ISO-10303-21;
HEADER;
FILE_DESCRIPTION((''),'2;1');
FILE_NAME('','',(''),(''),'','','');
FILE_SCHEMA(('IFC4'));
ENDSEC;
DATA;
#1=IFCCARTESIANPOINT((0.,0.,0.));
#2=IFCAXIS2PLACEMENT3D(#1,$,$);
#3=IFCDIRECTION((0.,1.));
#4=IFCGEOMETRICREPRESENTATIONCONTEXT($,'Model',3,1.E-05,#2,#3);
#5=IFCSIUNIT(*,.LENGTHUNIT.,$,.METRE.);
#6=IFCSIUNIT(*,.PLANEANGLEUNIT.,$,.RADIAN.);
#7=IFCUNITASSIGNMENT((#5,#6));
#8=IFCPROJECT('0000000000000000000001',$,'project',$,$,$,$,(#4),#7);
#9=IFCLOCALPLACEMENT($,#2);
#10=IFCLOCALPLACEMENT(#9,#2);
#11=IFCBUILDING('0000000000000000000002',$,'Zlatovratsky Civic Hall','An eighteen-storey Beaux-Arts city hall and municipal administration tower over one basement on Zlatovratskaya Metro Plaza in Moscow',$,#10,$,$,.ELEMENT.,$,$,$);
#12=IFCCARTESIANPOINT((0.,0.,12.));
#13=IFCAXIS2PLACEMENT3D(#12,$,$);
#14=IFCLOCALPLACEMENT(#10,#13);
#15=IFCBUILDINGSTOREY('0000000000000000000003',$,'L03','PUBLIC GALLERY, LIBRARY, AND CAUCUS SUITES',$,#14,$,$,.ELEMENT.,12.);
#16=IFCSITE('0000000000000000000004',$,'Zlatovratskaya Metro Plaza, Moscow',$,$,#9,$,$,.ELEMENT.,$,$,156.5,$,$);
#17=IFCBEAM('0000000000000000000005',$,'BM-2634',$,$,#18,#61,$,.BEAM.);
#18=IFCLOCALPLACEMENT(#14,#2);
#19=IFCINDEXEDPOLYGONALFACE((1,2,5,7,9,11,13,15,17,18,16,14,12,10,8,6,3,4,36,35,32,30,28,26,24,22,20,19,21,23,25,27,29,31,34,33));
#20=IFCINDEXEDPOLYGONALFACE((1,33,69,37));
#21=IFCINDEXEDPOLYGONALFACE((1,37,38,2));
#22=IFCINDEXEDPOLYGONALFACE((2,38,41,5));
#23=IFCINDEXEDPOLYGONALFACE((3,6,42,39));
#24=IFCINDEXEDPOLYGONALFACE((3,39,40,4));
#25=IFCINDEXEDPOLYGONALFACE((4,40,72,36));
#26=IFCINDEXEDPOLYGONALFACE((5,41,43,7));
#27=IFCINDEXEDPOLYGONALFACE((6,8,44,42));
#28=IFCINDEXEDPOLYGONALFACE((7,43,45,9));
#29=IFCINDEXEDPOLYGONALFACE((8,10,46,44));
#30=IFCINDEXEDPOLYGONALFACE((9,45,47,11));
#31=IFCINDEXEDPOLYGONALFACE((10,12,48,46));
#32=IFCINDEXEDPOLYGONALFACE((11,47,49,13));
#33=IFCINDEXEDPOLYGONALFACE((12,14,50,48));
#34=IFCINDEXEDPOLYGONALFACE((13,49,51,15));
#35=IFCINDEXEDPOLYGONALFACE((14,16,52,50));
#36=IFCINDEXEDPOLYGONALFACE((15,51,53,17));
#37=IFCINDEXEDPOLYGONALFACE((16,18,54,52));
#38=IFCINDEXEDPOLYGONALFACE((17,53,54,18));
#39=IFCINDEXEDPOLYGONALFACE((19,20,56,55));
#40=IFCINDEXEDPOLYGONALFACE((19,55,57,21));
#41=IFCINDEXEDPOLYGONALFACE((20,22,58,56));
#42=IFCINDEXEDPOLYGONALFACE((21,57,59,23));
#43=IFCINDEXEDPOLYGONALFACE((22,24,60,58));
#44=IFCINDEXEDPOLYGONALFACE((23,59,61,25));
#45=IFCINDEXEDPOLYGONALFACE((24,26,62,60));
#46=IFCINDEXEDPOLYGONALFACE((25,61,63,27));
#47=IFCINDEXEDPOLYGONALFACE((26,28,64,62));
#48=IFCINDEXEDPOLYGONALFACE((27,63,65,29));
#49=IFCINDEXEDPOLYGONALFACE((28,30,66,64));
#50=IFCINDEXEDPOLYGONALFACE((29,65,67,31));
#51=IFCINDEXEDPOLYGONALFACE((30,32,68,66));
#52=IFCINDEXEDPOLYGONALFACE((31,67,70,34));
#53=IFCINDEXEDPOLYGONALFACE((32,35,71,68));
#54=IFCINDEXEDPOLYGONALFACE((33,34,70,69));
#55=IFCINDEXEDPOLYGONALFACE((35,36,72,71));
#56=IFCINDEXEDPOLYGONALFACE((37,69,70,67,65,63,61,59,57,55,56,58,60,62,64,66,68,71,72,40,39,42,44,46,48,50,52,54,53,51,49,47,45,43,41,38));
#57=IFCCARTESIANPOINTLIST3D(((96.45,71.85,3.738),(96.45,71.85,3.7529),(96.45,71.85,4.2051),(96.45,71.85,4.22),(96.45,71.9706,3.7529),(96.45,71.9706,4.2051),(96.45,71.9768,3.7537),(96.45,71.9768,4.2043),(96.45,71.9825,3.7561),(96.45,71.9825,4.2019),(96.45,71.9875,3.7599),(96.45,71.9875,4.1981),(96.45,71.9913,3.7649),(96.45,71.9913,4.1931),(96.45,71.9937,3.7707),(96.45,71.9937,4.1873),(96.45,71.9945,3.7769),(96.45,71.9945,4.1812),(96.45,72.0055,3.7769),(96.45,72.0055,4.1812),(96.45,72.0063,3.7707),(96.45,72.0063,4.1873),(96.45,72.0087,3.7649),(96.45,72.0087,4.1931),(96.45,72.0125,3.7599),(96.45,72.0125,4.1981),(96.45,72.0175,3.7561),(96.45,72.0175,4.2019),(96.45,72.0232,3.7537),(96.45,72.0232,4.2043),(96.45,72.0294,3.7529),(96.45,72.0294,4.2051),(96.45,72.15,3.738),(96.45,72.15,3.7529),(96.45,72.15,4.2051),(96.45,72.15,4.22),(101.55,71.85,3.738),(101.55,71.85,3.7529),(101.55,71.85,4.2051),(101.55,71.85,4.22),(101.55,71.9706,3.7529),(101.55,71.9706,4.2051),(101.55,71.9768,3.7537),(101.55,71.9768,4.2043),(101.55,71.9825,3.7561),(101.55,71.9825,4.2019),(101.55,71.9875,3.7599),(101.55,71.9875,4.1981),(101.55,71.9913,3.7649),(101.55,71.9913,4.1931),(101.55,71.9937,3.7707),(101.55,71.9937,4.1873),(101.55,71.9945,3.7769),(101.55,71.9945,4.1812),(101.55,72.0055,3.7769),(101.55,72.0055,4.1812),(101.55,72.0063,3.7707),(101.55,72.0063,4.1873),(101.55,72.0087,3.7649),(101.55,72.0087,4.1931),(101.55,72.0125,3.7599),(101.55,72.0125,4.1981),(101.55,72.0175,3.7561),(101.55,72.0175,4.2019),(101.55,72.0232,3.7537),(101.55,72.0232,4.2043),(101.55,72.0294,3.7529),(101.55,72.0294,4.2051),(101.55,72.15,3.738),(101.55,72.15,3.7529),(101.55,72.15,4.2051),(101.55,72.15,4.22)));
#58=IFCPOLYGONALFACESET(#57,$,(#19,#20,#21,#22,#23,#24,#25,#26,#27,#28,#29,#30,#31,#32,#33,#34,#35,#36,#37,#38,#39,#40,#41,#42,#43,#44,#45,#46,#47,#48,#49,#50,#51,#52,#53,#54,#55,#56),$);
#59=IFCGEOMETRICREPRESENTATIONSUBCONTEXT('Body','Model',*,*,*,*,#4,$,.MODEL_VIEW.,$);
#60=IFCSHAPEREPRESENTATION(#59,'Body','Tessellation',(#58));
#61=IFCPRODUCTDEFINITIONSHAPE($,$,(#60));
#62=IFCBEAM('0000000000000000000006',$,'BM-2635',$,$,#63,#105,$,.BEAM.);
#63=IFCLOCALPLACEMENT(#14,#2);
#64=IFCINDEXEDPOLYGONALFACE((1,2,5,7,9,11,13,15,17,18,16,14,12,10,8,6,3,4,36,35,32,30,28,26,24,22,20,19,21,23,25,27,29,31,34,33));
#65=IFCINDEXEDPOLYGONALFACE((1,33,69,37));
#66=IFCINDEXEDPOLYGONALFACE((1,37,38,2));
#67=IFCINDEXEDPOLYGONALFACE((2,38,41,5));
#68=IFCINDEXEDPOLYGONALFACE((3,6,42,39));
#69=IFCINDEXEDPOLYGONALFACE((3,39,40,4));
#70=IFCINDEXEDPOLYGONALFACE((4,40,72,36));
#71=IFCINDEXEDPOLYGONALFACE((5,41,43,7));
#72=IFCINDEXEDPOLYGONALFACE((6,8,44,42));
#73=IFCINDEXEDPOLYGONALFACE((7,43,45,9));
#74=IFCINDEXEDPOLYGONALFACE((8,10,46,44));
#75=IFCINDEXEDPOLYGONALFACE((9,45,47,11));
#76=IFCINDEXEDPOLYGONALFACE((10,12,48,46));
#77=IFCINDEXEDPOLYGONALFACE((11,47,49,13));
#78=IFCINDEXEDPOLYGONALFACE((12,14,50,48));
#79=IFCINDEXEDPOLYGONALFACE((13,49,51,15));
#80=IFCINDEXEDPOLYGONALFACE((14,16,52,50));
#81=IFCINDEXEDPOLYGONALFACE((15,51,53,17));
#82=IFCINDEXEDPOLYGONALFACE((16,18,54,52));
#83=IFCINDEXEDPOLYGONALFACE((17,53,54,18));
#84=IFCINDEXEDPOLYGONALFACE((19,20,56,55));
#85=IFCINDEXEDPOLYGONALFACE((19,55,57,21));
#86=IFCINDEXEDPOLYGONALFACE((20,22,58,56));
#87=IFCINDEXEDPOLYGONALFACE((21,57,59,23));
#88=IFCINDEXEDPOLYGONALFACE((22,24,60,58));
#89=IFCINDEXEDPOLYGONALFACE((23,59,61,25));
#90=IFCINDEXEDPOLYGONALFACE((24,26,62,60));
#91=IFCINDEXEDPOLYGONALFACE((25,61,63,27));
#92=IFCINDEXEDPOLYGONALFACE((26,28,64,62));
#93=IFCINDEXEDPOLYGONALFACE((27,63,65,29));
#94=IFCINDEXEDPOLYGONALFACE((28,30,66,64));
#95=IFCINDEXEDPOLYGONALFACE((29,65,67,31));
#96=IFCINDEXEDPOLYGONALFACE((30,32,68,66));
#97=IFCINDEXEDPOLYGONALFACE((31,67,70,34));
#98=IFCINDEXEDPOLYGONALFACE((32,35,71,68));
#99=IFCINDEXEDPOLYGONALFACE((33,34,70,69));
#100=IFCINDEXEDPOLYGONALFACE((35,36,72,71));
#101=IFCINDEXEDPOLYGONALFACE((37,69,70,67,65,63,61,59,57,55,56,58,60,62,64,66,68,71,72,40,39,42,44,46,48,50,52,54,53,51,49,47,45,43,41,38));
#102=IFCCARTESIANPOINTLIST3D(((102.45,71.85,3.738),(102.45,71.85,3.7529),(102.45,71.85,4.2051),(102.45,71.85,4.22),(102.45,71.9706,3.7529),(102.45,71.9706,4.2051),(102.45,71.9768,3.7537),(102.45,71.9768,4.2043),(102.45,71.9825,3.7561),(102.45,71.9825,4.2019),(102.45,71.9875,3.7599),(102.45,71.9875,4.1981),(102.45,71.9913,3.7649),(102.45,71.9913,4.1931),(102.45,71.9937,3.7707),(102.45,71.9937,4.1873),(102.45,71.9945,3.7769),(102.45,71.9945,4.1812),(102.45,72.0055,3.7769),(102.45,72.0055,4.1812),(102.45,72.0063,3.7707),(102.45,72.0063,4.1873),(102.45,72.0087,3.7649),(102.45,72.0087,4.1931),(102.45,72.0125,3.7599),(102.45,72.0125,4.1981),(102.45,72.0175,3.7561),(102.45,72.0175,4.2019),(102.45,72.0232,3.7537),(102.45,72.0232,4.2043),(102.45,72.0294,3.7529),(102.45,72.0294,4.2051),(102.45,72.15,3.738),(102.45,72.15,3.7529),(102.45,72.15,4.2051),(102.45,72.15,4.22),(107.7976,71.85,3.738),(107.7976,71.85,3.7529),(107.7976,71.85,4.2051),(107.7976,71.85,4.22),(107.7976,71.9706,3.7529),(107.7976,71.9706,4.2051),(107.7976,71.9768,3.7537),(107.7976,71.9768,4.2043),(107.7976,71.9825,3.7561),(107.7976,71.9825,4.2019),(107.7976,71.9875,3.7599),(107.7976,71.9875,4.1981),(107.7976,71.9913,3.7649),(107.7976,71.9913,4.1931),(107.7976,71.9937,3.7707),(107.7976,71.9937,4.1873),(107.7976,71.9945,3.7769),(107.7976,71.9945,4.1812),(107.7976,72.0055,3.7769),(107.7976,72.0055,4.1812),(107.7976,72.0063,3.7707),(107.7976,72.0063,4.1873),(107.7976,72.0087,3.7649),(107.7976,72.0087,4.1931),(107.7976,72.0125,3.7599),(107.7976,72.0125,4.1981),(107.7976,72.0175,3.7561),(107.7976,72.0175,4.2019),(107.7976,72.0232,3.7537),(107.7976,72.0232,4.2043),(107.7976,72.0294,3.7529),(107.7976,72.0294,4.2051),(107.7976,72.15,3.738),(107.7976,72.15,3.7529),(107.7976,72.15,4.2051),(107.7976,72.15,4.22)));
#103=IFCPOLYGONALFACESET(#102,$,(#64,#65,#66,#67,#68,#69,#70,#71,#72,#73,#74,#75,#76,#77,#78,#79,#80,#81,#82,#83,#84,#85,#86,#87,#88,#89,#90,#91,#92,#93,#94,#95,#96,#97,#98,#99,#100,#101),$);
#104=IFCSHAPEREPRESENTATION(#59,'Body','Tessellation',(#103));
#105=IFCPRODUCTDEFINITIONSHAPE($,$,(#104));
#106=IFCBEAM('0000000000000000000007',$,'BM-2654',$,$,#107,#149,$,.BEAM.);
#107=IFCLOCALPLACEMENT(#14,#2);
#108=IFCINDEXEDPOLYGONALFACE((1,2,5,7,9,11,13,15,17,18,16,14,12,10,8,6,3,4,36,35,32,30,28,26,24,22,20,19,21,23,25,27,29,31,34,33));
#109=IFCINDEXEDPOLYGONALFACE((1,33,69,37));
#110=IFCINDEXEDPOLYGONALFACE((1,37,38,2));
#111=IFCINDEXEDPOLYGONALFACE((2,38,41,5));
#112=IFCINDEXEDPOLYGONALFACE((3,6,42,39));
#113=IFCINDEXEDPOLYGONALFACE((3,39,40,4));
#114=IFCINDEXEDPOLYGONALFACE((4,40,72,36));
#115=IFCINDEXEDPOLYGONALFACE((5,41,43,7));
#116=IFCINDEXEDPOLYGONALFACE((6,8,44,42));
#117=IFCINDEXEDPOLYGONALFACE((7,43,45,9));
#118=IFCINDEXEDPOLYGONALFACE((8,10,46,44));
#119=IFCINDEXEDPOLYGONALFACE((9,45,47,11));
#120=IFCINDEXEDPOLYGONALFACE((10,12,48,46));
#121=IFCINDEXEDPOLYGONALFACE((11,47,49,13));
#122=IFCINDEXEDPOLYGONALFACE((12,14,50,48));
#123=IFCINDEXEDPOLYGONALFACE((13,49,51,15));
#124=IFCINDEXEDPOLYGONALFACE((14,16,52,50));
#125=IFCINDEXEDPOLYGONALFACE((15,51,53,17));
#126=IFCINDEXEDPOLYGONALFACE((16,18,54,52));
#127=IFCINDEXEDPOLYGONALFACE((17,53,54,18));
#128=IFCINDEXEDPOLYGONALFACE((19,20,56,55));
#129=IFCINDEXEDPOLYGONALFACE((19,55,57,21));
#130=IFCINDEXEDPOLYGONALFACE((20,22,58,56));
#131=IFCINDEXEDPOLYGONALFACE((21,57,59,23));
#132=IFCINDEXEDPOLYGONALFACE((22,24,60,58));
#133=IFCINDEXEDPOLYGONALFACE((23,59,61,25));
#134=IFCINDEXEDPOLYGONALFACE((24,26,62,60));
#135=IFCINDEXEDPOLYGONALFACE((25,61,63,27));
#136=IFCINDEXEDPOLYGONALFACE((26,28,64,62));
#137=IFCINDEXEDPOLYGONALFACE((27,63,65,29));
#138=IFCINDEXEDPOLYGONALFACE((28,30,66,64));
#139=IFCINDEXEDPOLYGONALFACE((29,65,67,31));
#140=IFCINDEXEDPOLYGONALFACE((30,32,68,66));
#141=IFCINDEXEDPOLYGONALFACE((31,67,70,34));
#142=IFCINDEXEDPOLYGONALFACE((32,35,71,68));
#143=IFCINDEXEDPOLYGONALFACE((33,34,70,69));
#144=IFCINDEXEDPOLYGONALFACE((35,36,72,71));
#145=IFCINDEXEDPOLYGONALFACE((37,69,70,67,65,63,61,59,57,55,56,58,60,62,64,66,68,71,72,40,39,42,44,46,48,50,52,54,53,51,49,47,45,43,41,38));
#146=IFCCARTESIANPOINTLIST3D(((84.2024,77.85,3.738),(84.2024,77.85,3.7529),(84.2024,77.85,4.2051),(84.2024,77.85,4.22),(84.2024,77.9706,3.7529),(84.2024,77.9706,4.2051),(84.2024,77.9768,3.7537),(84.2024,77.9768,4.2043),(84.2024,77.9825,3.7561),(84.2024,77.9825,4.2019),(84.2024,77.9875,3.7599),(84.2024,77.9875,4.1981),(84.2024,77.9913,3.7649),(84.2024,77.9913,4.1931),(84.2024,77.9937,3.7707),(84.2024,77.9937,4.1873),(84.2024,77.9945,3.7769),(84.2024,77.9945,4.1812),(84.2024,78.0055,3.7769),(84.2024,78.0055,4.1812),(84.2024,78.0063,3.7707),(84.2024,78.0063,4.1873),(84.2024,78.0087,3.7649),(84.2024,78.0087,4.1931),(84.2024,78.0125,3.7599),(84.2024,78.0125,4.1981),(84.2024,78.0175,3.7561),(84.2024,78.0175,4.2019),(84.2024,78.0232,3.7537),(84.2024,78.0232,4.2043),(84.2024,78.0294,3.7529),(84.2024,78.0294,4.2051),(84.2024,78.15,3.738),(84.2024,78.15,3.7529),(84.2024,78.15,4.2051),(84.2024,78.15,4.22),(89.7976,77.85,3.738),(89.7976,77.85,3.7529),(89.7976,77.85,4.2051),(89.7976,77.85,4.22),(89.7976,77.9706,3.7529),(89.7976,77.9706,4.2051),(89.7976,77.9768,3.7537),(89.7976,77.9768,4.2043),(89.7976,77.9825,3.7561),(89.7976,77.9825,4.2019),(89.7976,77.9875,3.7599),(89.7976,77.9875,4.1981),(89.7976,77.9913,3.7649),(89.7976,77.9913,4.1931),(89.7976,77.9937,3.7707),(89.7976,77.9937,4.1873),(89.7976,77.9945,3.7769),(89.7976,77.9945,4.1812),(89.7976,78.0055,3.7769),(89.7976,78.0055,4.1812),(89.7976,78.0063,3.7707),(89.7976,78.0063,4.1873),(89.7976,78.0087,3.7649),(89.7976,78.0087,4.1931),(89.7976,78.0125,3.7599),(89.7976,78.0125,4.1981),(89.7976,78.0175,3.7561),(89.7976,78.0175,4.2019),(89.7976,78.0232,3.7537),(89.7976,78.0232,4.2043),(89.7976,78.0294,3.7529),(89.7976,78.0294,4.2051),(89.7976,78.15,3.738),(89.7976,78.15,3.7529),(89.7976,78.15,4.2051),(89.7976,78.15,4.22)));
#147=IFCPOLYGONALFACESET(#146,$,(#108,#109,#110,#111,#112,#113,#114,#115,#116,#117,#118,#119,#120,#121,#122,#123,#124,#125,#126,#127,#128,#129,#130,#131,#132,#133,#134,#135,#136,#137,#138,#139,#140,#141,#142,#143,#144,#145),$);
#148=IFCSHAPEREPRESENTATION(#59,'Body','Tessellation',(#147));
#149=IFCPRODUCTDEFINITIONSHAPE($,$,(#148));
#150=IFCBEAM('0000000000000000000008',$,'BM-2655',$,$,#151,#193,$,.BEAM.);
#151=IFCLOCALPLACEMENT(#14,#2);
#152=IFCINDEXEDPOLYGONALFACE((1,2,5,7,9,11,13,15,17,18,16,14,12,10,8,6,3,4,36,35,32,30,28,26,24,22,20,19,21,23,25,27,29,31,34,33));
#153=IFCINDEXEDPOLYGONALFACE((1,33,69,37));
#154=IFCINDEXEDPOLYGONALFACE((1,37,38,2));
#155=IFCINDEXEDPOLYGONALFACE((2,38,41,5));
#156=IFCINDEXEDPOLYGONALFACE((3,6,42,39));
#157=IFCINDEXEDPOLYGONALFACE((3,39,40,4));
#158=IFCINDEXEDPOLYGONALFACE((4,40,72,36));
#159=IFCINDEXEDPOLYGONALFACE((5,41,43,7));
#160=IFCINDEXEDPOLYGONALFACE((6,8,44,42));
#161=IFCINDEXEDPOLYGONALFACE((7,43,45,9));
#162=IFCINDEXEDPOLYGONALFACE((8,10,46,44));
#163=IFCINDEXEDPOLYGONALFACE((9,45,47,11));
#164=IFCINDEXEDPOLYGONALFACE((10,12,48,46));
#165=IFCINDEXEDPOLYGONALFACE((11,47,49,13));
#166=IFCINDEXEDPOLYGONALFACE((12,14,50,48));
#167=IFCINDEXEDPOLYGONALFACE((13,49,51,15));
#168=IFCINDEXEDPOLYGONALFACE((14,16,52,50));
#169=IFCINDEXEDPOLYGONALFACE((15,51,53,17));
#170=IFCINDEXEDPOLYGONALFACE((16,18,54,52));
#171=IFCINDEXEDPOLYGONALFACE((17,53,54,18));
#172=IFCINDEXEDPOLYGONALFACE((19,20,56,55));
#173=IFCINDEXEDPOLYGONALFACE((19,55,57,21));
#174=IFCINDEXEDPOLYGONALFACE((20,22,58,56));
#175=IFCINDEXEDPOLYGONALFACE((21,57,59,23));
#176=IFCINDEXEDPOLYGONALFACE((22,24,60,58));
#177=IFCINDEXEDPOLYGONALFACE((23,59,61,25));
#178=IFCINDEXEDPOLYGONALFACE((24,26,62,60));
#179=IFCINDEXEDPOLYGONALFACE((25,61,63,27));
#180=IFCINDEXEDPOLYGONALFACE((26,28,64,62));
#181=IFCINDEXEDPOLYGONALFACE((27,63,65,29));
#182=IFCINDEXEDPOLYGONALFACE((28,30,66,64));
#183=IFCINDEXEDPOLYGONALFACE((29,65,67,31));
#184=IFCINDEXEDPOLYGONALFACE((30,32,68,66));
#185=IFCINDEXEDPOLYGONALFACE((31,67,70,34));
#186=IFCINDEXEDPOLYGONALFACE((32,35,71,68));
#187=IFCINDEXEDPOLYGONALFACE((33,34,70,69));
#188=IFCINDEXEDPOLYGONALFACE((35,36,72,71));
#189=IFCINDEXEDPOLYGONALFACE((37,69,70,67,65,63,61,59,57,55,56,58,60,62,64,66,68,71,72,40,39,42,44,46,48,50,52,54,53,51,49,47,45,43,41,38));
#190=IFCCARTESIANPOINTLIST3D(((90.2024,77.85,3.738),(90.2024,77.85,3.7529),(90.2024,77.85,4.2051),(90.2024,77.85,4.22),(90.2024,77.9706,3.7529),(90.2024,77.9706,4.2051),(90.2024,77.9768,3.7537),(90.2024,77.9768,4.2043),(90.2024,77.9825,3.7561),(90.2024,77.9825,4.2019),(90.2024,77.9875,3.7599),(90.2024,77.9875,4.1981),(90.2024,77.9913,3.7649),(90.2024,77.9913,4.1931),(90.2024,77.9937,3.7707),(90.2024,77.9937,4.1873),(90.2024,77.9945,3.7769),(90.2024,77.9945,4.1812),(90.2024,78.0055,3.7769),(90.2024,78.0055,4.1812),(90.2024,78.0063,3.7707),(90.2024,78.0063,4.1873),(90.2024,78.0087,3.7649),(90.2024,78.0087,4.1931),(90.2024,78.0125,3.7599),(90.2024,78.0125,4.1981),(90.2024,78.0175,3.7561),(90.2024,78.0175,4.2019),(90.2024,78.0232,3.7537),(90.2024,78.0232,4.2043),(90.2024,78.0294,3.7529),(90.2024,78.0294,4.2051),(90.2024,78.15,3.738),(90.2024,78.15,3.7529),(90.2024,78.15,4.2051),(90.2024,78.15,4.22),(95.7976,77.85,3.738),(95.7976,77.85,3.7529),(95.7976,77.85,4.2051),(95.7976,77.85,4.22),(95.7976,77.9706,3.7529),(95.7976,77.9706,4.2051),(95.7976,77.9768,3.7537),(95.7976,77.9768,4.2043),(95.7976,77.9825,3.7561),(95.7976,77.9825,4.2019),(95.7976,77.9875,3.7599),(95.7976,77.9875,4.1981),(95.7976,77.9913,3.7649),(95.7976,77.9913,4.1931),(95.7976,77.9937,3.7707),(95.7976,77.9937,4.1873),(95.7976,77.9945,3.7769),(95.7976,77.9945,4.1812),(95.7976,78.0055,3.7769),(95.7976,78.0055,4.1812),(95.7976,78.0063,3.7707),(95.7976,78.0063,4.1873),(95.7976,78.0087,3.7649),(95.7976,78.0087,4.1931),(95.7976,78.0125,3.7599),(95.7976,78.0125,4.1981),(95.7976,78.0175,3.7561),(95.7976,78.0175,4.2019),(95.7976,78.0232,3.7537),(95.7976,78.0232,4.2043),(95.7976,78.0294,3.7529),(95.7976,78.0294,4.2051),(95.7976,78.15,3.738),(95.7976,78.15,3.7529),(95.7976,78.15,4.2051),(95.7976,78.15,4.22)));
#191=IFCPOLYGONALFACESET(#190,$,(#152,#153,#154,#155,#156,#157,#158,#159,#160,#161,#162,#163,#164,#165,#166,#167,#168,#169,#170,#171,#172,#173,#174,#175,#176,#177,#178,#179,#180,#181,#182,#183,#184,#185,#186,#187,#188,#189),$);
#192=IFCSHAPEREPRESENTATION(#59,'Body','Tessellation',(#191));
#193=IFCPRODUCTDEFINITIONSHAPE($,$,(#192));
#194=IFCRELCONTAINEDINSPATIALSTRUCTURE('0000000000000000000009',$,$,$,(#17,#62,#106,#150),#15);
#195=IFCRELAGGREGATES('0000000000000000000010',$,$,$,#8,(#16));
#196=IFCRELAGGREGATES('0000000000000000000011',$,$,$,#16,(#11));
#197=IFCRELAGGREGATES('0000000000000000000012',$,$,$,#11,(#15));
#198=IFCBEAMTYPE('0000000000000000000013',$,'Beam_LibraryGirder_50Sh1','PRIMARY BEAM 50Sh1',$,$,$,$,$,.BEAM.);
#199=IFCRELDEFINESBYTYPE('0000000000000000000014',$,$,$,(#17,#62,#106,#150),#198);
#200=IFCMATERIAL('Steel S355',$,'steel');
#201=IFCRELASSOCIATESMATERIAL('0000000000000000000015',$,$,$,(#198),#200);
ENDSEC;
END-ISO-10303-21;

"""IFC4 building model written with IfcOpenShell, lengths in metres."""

from ifc_helpers import new_model, si_unit, direction, frame, origin, origin_2d, place, context, subcontext, project, spatial, i_section, extrude, material, material_profile, profile_set, type_object, element, save


model = new_model("IFC4")

# Units and contexts
model_context = context("Model", 3, precision=1e-05, world=origin(), true_north=direction((0.0, 1.0)))
body_context = subcontext(model_context, "Body", "Model", "MODEL_VIEW")
ifc_project = project(units=[si_unit("LENGTHUNIT", "METRE"), si_unit("PLANEANGLEUNIT", "RADIAN")], contexts=[model_context])

# Site, building, storey
site_placement = place(None, origin())
site = spatial("IfcSite", under=ifc_project, at=site_placement, Name="Zlatovratskaya Metro Plaza, Moscow", CompositionType="ELEMENT", RefElevation=156.5)
building_placement = place(site_placement, origin())
building = spatial("IfcBuilding", under=site, at=building_placement, Name="Zlatovratsky Civic Hall", Description="An eighteen-storey Beaux-Arts city hall and municipal administration tower over one basement on Zlatovratskaya Metro Plaza in Moscow", CompositionType="ELEMENT")
storey_placement = place(building_placement, frame((0.0, 0.0, 12.0)))
storey = spatial("IfcBuildingStorey", under=building, at=storey_placement, Name="L03", Description="PUBLIC GALLERY, LIBRARY, AND CAUCUS SUITES", CompositionType="ELEMENT", Elevation=12.0)

# Shared definitions
ifc_material_1 = material(Name="Steel S355", Category="steel")

# Beams
ifc_material_profile_1 = material_profile(ifc_material_1, i_section(OverallWidth=0.3, OverallDepth=0.4819, WebThickness=0.011, FlangeThickness=0.0149, FilletRadius=0.0239, at=origin_2d()), Name="50Sh1")
ifc_profile_set_1 = profile_set([ifc_material_profile_1], Name="Steel S355")
beam_type = type_object("IfcBeamType", Name="Beam_LibraryGirder_50Sh1", Description="PRIMARY BEAM 50Sh1", PredefinedType="BEAM", material=ifc_profile_set_1)
for number, where, z_axis, x_axis, name in (
    (1, (96.45, 72.0, 3.979), (1.0, 0.0, 0.0), (0.0, 1.0, 0.0), "BM-2634"),
):
    element("IfcBeam", number, at=place(storey_placement, frame(where, z_axis=z_axis, x_axis=x_axis)), inside=storey, type_object=beam_type, Name=name, PredefinedType="BEAM", context=body_context, shape_type="SweptSolid", body=[
        extrude(i_section(OverallWidth=0.3, OverallDepth=0.4819, WebThickness=0.011, FlangeThickness=0.0149, FilletRadius=0.0239, at=origin_2d()), origin(), (0.0, 0.0, 1.0), 5.1001),
    ])
beam_1_placement = place(storey_placement, frame((102.45, 72.0, 3.979), z_axis=(1.0, 0.0, 0.0), x_axis=(0.0, 1.0, 0.0)))
element("IfcBeam", 2, at=beam_1_placement, inside=storey, type_object=beam_type, Name="BM-2635", PredefinedType="BEAM", context=body_context, shape_type="SweptSolid", body=[
    extrude(i_section(OverallWidth=0.3, OverallDepth=0.4819, WebThickness=0.011, FlangeThickness=0.0149, FilletRadius=0.0239, at=origin_2d()), origin(), (0.0, 0.0, 1.0), 5.3477),
])
for number, where, z_axis, x_axis, name in (
    (3, (84.2024, 78.0, 3.979), (1.0, 0.0, 0.0), (0.0, 1.0, 0.0), "BM-2654"),
    (4, (90.2024, 78.0, 3.979), (1.0, 0.0, 0.0), (0.0, 1.0, 0.0), "BM-2655"),
):
    element("IfcBeam", number, at=place(storey_placement, frame(where, z_axis=z_axis, x_axis=x_axis)), inside=storey, type_object=beam_type, Name=name, PredefinedType="BEAM", context=body_context, shape_type="SweptSolid", body=[
        extrude(i_section(OverallWidth=0.3, OverallDepth=0.4819, WebThickness=0.011, FlangeThickness=0.0149, FilletRadius=0.0239, at=origin_2d()), origin(), (0.0, 0.0, 1.0), 5.5952),
    ])

save(model, "model.ifc")
